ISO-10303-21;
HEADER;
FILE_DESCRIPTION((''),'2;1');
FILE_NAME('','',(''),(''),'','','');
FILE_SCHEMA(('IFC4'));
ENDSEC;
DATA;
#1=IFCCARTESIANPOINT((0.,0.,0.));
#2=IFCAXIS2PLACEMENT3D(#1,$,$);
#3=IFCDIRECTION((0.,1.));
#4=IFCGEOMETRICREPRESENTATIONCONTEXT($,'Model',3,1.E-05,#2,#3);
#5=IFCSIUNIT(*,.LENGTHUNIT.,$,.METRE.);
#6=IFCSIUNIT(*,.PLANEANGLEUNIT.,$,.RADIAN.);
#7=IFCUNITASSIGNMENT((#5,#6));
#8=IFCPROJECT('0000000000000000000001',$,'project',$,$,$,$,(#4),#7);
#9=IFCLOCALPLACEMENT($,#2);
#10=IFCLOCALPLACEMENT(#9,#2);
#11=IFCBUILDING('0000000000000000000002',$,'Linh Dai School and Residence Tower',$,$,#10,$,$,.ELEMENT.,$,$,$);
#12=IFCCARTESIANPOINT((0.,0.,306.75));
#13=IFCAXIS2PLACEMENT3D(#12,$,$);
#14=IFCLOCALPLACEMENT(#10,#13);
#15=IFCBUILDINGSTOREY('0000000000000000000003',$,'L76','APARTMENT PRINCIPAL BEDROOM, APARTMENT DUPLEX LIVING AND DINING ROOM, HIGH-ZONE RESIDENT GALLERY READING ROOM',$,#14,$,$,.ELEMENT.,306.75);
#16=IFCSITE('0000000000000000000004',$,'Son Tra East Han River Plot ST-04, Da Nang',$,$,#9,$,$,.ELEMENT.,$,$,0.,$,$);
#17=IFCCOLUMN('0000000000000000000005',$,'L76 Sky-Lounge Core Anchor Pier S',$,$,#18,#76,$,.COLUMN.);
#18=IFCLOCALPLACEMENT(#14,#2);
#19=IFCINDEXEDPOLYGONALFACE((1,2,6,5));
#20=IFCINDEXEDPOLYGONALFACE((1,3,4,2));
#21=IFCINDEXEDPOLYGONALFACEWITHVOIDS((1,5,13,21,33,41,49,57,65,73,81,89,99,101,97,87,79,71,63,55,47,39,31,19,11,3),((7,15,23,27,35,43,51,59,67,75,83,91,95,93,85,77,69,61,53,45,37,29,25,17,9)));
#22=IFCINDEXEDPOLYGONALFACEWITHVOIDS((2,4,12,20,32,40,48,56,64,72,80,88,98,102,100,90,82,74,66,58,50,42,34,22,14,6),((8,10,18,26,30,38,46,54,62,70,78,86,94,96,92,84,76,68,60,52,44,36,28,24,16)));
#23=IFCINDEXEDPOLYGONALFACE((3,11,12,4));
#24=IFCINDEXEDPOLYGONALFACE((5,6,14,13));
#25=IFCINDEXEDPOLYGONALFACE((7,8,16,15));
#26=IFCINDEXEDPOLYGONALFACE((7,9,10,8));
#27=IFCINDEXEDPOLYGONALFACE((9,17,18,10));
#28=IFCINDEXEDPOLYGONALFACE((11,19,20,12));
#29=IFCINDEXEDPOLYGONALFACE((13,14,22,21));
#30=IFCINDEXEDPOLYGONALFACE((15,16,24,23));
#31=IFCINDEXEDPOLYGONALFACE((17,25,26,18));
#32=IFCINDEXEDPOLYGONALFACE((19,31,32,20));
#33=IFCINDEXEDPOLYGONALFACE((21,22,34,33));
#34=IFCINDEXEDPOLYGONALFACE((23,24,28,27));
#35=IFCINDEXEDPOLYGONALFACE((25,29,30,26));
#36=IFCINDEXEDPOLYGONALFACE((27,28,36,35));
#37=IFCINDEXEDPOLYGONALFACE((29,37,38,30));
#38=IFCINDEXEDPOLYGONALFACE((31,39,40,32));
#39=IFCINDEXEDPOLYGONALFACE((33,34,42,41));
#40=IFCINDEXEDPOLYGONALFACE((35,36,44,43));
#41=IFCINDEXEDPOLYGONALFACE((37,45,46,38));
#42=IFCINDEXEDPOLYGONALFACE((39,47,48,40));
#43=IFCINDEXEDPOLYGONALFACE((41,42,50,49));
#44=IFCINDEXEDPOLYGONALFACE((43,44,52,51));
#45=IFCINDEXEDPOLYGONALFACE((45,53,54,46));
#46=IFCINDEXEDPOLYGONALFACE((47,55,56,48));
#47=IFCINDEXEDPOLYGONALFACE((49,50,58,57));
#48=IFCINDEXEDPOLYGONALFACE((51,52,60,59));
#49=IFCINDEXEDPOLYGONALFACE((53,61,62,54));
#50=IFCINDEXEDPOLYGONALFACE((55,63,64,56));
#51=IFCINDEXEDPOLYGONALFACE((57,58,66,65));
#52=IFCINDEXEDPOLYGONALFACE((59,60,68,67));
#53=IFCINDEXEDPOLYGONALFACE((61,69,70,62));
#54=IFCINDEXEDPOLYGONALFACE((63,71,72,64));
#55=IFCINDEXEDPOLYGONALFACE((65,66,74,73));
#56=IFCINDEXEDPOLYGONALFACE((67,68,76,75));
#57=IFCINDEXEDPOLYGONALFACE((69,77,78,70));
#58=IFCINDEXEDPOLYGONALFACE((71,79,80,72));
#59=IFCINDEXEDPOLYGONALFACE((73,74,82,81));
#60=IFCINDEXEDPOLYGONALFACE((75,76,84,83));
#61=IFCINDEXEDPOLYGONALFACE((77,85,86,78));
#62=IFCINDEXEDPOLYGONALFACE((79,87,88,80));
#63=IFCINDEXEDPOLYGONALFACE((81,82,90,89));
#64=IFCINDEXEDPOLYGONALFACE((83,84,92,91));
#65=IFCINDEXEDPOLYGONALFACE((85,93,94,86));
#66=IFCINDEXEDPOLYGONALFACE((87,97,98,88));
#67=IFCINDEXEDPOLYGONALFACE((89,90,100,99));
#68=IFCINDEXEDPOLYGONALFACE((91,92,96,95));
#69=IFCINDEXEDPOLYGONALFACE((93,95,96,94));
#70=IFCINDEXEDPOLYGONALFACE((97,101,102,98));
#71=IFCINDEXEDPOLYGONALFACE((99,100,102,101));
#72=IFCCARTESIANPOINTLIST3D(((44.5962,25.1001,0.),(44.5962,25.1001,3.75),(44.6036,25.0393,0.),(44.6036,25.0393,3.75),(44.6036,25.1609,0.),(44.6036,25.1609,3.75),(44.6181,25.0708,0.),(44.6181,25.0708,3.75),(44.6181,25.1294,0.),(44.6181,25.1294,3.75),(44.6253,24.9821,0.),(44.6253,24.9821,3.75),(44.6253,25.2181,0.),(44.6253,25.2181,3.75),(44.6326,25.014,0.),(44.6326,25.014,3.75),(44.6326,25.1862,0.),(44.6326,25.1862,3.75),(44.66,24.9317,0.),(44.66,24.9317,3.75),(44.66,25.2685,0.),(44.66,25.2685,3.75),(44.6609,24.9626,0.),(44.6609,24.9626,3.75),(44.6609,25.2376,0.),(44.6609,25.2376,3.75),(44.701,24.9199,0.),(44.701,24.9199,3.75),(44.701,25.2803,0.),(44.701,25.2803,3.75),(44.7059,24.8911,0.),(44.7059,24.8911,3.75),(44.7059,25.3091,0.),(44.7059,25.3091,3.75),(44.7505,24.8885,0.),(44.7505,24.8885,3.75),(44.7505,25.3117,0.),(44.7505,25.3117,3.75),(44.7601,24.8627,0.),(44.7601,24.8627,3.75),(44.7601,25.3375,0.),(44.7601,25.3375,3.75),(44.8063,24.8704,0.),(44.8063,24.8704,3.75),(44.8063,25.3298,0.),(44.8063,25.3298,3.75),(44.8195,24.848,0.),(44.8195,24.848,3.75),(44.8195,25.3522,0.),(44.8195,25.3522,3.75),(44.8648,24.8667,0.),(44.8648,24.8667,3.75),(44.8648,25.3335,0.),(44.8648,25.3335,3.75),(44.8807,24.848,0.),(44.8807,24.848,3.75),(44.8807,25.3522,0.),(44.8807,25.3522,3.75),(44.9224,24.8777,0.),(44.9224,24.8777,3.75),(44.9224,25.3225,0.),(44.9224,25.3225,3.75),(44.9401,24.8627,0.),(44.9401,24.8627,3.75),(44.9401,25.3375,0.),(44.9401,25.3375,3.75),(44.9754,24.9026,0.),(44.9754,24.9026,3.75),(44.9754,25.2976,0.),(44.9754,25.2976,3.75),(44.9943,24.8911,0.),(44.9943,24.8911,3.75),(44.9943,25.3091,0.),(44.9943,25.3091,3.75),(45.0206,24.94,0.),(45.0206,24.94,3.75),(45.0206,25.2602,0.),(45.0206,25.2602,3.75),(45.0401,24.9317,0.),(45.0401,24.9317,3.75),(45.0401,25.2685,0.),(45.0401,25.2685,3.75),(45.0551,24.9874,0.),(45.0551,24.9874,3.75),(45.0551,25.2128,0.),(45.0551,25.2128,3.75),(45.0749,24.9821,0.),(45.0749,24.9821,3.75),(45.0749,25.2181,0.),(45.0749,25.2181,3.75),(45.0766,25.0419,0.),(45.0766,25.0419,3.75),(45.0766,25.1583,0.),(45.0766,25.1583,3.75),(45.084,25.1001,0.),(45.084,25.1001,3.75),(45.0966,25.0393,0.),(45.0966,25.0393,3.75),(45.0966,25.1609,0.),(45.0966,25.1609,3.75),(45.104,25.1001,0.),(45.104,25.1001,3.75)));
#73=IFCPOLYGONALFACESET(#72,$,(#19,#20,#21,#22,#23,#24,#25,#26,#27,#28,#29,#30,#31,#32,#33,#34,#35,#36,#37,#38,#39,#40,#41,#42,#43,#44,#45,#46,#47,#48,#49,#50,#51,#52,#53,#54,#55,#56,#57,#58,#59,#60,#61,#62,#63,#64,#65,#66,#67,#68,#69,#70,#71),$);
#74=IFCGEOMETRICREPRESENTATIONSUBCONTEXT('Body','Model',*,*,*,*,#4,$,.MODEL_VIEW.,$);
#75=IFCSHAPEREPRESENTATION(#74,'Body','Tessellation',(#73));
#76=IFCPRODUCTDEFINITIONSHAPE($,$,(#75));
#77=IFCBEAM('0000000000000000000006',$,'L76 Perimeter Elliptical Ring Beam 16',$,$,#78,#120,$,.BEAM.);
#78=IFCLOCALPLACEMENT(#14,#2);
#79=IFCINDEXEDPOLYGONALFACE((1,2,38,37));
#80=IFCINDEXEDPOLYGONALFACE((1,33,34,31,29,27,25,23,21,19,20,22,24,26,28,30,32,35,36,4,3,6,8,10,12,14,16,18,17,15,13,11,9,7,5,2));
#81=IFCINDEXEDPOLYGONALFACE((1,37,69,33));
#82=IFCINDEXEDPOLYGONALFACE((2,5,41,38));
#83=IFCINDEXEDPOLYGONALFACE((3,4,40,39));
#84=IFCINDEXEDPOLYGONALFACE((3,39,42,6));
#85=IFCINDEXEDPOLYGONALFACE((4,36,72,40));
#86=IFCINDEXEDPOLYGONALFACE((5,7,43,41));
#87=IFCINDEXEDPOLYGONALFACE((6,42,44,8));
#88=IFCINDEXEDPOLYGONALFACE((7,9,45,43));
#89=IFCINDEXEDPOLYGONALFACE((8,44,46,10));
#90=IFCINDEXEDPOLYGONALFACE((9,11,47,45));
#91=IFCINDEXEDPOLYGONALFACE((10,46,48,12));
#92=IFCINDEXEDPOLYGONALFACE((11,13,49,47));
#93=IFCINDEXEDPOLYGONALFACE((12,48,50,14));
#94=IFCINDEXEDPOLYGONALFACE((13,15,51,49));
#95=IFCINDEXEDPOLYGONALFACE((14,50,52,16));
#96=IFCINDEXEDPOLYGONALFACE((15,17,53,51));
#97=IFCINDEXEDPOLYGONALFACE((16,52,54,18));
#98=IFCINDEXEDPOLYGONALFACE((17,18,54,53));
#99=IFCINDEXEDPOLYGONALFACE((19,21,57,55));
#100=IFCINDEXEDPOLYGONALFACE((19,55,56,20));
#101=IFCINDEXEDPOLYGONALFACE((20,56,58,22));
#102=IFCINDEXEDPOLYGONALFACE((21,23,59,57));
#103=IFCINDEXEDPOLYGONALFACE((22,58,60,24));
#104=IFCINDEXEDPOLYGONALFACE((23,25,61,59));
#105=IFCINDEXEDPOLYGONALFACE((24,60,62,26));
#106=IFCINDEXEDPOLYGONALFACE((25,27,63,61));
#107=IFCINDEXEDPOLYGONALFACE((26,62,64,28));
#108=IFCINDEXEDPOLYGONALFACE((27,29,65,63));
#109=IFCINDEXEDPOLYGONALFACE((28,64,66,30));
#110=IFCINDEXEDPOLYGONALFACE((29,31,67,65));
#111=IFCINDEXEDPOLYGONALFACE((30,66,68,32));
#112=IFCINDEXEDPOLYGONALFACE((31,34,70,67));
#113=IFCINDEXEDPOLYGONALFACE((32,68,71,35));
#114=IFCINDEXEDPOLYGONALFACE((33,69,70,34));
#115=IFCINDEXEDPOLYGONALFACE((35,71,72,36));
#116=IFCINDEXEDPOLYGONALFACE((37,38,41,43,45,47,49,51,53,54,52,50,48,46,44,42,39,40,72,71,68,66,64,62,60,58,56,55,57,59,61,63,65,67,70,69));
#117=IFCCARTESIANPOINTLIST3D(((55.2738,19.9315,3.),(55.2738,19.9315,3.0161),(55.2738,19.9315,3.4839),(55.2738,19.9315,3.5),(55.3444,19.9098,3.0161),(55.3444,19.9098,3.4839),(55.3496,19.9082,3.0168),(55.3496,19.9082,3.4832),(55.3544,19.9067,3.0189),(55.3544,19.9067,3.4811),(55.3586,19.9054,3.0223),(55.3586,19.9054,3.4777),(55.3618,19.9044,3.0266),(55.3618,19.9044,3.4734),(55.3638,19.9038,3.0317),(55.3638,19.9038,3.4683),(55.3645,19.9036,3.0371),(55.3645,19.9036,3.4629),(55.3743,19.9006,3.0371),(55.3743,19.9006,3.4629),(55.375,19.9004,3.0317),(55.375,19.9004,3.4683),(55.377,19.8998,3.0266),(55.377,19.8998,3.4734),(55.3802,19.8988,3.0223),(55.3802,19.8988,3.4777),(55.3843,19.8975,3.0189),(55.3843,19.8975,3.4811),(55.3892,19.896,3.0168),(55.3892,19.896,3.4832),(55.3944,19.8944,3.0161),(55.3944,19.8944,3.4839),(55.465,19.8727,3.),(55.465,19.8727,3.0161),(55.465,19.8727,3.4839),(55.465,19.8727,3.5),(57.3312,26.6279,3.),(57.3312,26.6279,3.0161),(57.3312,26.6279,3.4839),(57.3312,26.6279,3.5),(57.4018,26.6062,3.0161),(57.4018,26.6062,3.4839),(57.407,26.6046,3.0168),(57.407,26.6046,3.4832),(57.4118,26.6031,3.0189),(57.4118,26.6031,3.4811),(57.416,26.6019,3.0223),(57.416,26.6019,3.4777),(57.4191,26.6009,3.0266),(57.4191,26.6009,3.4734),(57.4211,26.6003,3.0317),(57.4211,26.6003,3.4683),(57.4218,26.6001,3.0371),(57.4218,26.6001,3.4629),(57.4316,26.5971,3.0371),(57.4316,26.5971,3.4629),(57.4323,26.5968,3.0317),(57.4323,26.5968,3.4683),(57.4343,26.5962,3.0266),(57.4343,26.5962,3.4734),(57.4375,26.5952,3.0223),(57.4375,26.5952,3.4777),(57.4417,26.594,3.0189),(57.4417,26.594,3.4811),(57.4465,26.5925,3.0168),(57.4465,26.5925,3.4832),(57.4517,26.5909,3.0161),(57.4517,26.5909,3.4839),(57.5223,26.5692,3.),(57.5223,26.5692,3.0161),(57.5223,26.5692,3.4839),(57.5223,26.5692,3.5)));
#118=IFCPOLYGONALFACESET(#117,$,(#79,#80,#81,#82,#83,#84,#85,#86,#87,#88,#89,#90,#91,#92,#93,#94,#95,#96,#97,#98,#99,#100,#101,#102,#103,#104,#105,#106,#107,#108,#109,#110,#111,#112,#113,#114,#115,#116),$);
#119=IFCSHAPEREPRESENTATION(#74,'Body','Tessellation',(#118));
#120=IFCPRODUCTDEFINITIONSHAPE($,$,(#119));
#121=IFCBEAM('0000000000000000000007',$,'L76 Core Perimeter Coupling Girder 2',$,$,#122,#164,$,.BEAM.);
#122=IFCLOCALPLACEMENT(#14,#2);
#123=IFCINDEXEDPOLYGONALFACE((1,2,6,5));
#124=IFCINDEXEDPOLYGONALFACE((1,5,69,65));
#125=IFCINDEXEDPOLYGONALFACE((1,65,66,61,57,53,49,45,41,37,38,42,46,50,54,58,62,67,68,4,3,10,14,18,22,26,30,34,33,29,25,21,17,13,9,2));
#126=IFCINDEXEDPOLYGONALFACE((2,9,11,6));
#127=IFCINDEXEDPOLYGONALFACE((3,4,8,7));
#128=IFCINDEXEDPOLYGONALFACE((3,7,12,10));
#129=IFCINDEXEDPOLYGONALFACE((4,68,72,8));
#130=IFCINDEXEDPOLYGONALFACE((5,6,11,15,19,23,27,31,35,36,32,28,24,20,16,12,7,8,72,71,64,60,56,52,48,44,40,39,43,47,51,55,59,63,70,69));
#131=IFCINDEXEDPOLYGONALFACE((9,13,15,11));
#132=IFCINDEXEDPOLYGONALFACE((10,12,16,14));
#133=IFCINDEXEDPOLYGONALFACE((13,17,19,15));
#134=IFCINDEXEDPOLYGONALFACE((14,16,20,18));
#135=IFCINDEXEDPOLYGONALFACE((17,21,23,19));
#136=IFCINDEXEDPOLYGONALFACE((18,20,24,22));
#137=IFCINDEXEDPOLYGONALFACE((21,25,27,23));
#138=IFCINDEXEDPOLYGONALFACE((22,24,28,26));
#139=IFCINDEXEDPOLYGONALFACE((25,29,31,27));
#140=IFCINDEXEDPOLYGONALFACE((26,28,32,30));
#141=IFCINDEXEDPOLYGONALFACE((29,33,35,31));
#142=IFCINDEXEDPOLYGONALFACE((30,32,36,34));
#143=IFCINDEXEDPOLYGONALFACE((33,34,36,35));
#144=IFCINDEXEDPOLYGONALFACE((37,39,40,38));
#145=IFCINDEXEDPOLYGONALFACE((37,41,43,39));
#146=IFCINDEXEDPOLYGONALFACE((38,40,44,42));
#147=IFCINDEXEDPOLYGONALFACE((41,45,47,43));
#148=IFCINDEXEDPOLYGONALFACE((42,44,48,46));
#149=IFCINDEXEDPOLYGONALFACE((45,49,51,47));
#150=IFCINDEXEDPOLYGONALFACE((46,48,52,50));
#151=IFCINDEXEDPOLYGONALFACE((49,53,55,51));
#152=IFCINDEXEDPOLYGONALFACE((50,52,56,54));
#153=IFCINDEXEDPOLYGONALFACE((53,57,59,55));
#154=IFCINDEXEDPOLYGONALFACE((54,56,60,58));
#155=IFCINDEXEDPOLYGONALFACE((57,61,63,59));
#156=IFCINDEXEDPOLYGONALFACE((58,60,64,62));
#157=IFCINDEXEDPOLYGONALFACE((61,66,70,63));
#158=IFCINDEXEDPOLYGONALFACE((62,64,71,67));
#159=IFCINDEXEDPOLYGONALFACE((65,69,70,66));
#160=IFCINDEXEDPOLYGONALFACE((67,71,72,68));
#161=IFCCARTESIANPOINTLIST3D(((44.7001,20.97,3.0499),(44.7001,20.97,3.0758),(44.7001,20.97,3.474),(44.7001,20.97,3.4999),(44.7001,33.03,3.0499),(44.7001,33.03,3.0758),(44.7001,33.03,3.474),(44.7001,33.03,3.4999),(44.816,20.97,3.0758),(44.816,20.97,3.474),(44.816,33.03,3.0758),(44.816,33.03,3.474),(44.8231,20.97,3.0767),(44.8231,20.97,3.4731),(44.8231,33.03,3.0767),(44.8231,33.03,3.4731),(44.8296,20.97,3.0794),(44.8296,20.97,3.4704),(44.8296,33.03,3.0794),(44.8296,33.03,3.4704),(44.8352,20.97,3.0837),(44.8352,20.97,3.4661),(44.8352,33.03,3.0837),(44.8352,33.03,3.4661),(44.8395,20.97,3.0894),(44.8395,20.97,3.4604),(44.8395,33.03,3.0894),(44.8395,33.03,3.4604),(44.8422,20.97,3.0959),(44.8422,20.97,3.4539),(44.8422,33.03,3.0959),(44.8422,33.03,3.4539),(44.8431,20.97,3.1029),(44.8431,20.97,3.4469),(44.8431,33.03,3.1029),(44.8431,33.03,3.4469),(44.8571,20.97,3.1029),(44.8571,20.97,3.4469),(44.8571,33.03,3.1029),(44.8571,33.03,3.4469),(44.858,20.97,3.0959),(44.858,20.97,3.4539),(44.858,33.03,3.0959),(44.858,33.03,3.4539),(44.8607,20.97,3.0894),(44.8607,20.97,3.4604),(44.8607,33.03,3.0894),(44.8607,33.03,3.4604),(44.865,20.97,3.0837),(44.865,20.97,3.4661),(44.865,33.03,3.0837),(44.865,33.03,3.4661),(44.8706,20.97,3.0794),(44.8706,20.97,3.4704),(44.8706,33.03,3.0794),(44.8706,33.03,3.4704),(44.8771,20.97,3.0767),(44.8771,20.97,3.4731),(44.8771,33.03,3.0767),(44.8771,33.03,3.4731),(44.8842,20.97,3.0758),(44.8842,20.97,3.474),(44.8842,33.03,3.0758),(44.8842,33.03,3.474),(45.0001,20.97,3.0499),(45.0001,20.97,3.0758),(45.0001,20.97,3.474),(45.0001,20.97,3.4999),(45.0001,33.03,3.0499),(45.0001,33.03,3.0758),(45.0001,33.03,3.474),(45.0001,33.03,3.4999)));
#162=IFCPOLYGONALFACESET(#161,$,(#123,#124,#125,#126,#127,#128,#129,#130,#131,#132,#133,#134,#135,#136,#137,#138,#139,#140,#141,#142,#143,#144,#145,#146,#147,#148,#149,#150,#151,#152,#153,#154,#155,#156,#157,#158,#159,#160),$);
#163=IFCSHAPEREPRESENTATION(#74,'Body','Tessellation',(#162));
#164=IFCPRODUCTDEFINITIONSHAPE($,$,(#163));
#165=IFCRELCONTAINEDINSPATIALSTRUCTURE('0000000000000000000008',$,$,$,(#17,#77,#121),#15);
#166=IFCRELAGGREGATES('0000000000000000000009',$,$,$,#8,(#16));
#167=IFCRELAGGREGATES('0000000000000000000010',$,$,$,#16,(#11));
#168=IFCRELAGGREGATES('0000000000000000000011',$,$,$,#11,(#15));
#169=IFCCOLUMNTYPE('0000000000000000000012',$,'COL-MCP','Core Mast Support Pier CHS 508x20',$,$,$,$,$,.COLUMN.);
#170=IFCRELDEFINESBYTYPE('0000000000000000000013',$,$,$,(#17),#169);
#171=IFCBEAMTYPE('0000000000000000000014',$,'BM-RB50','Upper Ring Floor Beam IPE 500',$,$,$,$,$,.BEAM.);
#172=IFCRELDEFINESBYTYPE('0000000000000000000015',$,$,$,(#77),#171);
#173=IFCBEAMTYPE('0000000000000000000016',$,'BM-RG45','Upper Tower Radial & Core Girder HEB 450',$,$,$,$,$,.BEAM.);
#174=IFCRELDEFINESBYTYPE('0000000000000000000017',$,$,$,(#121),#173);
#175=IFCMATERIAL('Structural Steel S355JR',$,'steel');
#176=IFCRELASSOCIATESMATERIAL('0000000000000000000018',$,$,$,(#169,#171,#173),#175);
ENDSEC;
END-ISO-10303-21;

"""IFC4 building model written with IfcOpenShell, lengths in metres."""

from ifc_helpers import new_model, si_unit, direction, frame, origin, origin_2d, place, context, subcontext, project, spatial, hollow_circle, i_section, extrude, material, material_profile, profile_set, type_object, element, save


model = new_model("IFC4")

# Units and contexts
model_context = context("Model", 3, precision=1e-05, world=origin(), true_north=direction((0.0, 1.0)))
body_context = subcontext(model_context, "Body", "Model", "MODEL_VIEW")
ifc_project = project(units=[si_unit("LENGTHUNIT", "METRE"), si_unit("PLANEANGLEUNIT", "RADIAN")], contexts=[model_context])

# Site, building, storey
site_placement = place(None, origin())
site = spatial("IfcSite", under=ifc_project, at=site_placement, Name="Son Tra East Han River Plot ST-04, Da Nang", CompositionType="ELEMENT", RefElevation=0.0)
building_placement = place(site_placement, origin())
building = spatial("IfcBuilding", under=site, at=building_placement, Name="Linh Dai School and Residence Tower", CompositionType="ELEMENT")
storey_placement = place(building_placement, frame((0.0, 0.0, 306.75)))
storey = spatial("IfcBuildingStorey", under=building, at=storey_placement, Name="L76", Description="APARTMENT PRINCIPAL BEDROOM, APARTMENT DUPLEX LIVING AND DINING ROOM, HIGH-ZONE RESIDENT GALLERY READING ROOM", CompositionType="ELEMENT", Elevation=306.75)

# Column
ifc_material_1 = material(Name="Structural Steel S355JR", Category="steel")
ifc_material_profile_1 = material_profile(ifc_material_1, hollow_circle(Radius=0.2539, WallThickness=0.02, at=origin_2d()), Name="CHS 508x20")
ifc_profile_set_1 = profile_set([ifc_material_profile_1], Name="Structural Steel S355JR")
column_type_1 = type_object("IfcColumnType", Name="COL-MCP", Description="Core Mast Support Pier CHS 508x20", PredefinedType="COLUMN", material=ifc_profile_set_1)
column_1_placement = place(storey_placement, frame((44.8501, 25.1001, 0.0), z_axis=(0.0, 0.0, 1.0), x_axis=(1.0, 0.0, 0.0)))
element("IfcColumn", 1, at=column_1_placement, inside=storey, type_object=column_type_1, Name="L76 Sky-Lounge Core Anchor Pier S", PredefinedType="COLUMN", context=body_context, shape_type="SweptSolid", body=[
    extrude(hollow_circle(Radius=0.2539, WallThickness=0.02, at=origin_2d()), origin(), (0.0, 0.0, 1.0), 3.75),
])

# Beams
ifc_material_profile_2 = material_profile(ifc_material_1, i_section(OverallWidth=0.2, OverallDepth=0.5, WebThickness=0.0103, FlangeThickness=0.0161, FilletRadius=0.021, at=origin_2d()), Name="IPE 500")
ifc_profile_set_2 = profile_set([ifc_material_profile_2], Name="Structural Steel S355JR")
beam_type_1 = type_object("IfcBeamType", Name="BM-RB50", Description="Upper Ring Floor Beam IPE 500", PredefinedType="BEAM", material=ifc_profile_set_2)
beam_1_placement = place(storey_placement, frame((55.3694, 19.9021, 3.25), z_axis=(0.293682, 0.955903, 0.0), x_axis=(-0.955903, 0.293682, 0.0)))
element("IfcBeam", 2, at=beam_1_placement, inside=storey, type_object=beam_type_1, Name="L76 Perimeter Elliptical Ring Beam 16", PredefinedType="BEAM", context=body_context, shape_type="SweptSolid", body=[
    extrude(i_section(OverallWidth=0.2, OverallDepth=0.5, WebThickness=0.0103, FlangeThickness=0.0161, FilletRadius=0.021, at=origin_2d()), origin(), (0.0, 0.0, 1.0), 7.0054),
])
ifc_material_profile_3 = material_profile(ifc_material_1, i_section(OverallWidth=0.3, OverallDepth=0.45, WebThickness=0.0139, FlangeThickness=0.0259, FilletRadius=0.0271, at=origin_2d()), Name="HEB 450")
ifc_profile_set_3 = profile_set([ifc_material_profile_3], Name="Structural Steel S355JR")
beam_type_2 = type_object("IfcBeamType", Name="BM-RG45", Description="Upper Tower Radial & Core Girder HEB 450", PredefinedType="BEAM", material=ifc_profile_set_3)
beam_2_placement = place(storey_placement, frame((44.8501, 20.97, 3.2749), z_axis=(0.0, 1.0, 0.0), x_axis=(-1.0, 0.0, 0.0)))
element("IfcBeam", 3, at=beam_2_placement, inside=storey, type_object=beam_type_2, Name="L76 Core Perimeter Coupling Girder 2", PredefinedType="BEAM", context=body_context, shape_type="SweptSolid", body=[
    extrude(i_section(OverallWidth=0.3, OverallDepth=0.45, WebThickness=0.0139, FlangeThickness=0.0259, FilletRadius=0.0271, at=origin_2d()), origin(), (0.0, 0.0, 1.0), 12.0601),
])

save(model, "model.ifc")
